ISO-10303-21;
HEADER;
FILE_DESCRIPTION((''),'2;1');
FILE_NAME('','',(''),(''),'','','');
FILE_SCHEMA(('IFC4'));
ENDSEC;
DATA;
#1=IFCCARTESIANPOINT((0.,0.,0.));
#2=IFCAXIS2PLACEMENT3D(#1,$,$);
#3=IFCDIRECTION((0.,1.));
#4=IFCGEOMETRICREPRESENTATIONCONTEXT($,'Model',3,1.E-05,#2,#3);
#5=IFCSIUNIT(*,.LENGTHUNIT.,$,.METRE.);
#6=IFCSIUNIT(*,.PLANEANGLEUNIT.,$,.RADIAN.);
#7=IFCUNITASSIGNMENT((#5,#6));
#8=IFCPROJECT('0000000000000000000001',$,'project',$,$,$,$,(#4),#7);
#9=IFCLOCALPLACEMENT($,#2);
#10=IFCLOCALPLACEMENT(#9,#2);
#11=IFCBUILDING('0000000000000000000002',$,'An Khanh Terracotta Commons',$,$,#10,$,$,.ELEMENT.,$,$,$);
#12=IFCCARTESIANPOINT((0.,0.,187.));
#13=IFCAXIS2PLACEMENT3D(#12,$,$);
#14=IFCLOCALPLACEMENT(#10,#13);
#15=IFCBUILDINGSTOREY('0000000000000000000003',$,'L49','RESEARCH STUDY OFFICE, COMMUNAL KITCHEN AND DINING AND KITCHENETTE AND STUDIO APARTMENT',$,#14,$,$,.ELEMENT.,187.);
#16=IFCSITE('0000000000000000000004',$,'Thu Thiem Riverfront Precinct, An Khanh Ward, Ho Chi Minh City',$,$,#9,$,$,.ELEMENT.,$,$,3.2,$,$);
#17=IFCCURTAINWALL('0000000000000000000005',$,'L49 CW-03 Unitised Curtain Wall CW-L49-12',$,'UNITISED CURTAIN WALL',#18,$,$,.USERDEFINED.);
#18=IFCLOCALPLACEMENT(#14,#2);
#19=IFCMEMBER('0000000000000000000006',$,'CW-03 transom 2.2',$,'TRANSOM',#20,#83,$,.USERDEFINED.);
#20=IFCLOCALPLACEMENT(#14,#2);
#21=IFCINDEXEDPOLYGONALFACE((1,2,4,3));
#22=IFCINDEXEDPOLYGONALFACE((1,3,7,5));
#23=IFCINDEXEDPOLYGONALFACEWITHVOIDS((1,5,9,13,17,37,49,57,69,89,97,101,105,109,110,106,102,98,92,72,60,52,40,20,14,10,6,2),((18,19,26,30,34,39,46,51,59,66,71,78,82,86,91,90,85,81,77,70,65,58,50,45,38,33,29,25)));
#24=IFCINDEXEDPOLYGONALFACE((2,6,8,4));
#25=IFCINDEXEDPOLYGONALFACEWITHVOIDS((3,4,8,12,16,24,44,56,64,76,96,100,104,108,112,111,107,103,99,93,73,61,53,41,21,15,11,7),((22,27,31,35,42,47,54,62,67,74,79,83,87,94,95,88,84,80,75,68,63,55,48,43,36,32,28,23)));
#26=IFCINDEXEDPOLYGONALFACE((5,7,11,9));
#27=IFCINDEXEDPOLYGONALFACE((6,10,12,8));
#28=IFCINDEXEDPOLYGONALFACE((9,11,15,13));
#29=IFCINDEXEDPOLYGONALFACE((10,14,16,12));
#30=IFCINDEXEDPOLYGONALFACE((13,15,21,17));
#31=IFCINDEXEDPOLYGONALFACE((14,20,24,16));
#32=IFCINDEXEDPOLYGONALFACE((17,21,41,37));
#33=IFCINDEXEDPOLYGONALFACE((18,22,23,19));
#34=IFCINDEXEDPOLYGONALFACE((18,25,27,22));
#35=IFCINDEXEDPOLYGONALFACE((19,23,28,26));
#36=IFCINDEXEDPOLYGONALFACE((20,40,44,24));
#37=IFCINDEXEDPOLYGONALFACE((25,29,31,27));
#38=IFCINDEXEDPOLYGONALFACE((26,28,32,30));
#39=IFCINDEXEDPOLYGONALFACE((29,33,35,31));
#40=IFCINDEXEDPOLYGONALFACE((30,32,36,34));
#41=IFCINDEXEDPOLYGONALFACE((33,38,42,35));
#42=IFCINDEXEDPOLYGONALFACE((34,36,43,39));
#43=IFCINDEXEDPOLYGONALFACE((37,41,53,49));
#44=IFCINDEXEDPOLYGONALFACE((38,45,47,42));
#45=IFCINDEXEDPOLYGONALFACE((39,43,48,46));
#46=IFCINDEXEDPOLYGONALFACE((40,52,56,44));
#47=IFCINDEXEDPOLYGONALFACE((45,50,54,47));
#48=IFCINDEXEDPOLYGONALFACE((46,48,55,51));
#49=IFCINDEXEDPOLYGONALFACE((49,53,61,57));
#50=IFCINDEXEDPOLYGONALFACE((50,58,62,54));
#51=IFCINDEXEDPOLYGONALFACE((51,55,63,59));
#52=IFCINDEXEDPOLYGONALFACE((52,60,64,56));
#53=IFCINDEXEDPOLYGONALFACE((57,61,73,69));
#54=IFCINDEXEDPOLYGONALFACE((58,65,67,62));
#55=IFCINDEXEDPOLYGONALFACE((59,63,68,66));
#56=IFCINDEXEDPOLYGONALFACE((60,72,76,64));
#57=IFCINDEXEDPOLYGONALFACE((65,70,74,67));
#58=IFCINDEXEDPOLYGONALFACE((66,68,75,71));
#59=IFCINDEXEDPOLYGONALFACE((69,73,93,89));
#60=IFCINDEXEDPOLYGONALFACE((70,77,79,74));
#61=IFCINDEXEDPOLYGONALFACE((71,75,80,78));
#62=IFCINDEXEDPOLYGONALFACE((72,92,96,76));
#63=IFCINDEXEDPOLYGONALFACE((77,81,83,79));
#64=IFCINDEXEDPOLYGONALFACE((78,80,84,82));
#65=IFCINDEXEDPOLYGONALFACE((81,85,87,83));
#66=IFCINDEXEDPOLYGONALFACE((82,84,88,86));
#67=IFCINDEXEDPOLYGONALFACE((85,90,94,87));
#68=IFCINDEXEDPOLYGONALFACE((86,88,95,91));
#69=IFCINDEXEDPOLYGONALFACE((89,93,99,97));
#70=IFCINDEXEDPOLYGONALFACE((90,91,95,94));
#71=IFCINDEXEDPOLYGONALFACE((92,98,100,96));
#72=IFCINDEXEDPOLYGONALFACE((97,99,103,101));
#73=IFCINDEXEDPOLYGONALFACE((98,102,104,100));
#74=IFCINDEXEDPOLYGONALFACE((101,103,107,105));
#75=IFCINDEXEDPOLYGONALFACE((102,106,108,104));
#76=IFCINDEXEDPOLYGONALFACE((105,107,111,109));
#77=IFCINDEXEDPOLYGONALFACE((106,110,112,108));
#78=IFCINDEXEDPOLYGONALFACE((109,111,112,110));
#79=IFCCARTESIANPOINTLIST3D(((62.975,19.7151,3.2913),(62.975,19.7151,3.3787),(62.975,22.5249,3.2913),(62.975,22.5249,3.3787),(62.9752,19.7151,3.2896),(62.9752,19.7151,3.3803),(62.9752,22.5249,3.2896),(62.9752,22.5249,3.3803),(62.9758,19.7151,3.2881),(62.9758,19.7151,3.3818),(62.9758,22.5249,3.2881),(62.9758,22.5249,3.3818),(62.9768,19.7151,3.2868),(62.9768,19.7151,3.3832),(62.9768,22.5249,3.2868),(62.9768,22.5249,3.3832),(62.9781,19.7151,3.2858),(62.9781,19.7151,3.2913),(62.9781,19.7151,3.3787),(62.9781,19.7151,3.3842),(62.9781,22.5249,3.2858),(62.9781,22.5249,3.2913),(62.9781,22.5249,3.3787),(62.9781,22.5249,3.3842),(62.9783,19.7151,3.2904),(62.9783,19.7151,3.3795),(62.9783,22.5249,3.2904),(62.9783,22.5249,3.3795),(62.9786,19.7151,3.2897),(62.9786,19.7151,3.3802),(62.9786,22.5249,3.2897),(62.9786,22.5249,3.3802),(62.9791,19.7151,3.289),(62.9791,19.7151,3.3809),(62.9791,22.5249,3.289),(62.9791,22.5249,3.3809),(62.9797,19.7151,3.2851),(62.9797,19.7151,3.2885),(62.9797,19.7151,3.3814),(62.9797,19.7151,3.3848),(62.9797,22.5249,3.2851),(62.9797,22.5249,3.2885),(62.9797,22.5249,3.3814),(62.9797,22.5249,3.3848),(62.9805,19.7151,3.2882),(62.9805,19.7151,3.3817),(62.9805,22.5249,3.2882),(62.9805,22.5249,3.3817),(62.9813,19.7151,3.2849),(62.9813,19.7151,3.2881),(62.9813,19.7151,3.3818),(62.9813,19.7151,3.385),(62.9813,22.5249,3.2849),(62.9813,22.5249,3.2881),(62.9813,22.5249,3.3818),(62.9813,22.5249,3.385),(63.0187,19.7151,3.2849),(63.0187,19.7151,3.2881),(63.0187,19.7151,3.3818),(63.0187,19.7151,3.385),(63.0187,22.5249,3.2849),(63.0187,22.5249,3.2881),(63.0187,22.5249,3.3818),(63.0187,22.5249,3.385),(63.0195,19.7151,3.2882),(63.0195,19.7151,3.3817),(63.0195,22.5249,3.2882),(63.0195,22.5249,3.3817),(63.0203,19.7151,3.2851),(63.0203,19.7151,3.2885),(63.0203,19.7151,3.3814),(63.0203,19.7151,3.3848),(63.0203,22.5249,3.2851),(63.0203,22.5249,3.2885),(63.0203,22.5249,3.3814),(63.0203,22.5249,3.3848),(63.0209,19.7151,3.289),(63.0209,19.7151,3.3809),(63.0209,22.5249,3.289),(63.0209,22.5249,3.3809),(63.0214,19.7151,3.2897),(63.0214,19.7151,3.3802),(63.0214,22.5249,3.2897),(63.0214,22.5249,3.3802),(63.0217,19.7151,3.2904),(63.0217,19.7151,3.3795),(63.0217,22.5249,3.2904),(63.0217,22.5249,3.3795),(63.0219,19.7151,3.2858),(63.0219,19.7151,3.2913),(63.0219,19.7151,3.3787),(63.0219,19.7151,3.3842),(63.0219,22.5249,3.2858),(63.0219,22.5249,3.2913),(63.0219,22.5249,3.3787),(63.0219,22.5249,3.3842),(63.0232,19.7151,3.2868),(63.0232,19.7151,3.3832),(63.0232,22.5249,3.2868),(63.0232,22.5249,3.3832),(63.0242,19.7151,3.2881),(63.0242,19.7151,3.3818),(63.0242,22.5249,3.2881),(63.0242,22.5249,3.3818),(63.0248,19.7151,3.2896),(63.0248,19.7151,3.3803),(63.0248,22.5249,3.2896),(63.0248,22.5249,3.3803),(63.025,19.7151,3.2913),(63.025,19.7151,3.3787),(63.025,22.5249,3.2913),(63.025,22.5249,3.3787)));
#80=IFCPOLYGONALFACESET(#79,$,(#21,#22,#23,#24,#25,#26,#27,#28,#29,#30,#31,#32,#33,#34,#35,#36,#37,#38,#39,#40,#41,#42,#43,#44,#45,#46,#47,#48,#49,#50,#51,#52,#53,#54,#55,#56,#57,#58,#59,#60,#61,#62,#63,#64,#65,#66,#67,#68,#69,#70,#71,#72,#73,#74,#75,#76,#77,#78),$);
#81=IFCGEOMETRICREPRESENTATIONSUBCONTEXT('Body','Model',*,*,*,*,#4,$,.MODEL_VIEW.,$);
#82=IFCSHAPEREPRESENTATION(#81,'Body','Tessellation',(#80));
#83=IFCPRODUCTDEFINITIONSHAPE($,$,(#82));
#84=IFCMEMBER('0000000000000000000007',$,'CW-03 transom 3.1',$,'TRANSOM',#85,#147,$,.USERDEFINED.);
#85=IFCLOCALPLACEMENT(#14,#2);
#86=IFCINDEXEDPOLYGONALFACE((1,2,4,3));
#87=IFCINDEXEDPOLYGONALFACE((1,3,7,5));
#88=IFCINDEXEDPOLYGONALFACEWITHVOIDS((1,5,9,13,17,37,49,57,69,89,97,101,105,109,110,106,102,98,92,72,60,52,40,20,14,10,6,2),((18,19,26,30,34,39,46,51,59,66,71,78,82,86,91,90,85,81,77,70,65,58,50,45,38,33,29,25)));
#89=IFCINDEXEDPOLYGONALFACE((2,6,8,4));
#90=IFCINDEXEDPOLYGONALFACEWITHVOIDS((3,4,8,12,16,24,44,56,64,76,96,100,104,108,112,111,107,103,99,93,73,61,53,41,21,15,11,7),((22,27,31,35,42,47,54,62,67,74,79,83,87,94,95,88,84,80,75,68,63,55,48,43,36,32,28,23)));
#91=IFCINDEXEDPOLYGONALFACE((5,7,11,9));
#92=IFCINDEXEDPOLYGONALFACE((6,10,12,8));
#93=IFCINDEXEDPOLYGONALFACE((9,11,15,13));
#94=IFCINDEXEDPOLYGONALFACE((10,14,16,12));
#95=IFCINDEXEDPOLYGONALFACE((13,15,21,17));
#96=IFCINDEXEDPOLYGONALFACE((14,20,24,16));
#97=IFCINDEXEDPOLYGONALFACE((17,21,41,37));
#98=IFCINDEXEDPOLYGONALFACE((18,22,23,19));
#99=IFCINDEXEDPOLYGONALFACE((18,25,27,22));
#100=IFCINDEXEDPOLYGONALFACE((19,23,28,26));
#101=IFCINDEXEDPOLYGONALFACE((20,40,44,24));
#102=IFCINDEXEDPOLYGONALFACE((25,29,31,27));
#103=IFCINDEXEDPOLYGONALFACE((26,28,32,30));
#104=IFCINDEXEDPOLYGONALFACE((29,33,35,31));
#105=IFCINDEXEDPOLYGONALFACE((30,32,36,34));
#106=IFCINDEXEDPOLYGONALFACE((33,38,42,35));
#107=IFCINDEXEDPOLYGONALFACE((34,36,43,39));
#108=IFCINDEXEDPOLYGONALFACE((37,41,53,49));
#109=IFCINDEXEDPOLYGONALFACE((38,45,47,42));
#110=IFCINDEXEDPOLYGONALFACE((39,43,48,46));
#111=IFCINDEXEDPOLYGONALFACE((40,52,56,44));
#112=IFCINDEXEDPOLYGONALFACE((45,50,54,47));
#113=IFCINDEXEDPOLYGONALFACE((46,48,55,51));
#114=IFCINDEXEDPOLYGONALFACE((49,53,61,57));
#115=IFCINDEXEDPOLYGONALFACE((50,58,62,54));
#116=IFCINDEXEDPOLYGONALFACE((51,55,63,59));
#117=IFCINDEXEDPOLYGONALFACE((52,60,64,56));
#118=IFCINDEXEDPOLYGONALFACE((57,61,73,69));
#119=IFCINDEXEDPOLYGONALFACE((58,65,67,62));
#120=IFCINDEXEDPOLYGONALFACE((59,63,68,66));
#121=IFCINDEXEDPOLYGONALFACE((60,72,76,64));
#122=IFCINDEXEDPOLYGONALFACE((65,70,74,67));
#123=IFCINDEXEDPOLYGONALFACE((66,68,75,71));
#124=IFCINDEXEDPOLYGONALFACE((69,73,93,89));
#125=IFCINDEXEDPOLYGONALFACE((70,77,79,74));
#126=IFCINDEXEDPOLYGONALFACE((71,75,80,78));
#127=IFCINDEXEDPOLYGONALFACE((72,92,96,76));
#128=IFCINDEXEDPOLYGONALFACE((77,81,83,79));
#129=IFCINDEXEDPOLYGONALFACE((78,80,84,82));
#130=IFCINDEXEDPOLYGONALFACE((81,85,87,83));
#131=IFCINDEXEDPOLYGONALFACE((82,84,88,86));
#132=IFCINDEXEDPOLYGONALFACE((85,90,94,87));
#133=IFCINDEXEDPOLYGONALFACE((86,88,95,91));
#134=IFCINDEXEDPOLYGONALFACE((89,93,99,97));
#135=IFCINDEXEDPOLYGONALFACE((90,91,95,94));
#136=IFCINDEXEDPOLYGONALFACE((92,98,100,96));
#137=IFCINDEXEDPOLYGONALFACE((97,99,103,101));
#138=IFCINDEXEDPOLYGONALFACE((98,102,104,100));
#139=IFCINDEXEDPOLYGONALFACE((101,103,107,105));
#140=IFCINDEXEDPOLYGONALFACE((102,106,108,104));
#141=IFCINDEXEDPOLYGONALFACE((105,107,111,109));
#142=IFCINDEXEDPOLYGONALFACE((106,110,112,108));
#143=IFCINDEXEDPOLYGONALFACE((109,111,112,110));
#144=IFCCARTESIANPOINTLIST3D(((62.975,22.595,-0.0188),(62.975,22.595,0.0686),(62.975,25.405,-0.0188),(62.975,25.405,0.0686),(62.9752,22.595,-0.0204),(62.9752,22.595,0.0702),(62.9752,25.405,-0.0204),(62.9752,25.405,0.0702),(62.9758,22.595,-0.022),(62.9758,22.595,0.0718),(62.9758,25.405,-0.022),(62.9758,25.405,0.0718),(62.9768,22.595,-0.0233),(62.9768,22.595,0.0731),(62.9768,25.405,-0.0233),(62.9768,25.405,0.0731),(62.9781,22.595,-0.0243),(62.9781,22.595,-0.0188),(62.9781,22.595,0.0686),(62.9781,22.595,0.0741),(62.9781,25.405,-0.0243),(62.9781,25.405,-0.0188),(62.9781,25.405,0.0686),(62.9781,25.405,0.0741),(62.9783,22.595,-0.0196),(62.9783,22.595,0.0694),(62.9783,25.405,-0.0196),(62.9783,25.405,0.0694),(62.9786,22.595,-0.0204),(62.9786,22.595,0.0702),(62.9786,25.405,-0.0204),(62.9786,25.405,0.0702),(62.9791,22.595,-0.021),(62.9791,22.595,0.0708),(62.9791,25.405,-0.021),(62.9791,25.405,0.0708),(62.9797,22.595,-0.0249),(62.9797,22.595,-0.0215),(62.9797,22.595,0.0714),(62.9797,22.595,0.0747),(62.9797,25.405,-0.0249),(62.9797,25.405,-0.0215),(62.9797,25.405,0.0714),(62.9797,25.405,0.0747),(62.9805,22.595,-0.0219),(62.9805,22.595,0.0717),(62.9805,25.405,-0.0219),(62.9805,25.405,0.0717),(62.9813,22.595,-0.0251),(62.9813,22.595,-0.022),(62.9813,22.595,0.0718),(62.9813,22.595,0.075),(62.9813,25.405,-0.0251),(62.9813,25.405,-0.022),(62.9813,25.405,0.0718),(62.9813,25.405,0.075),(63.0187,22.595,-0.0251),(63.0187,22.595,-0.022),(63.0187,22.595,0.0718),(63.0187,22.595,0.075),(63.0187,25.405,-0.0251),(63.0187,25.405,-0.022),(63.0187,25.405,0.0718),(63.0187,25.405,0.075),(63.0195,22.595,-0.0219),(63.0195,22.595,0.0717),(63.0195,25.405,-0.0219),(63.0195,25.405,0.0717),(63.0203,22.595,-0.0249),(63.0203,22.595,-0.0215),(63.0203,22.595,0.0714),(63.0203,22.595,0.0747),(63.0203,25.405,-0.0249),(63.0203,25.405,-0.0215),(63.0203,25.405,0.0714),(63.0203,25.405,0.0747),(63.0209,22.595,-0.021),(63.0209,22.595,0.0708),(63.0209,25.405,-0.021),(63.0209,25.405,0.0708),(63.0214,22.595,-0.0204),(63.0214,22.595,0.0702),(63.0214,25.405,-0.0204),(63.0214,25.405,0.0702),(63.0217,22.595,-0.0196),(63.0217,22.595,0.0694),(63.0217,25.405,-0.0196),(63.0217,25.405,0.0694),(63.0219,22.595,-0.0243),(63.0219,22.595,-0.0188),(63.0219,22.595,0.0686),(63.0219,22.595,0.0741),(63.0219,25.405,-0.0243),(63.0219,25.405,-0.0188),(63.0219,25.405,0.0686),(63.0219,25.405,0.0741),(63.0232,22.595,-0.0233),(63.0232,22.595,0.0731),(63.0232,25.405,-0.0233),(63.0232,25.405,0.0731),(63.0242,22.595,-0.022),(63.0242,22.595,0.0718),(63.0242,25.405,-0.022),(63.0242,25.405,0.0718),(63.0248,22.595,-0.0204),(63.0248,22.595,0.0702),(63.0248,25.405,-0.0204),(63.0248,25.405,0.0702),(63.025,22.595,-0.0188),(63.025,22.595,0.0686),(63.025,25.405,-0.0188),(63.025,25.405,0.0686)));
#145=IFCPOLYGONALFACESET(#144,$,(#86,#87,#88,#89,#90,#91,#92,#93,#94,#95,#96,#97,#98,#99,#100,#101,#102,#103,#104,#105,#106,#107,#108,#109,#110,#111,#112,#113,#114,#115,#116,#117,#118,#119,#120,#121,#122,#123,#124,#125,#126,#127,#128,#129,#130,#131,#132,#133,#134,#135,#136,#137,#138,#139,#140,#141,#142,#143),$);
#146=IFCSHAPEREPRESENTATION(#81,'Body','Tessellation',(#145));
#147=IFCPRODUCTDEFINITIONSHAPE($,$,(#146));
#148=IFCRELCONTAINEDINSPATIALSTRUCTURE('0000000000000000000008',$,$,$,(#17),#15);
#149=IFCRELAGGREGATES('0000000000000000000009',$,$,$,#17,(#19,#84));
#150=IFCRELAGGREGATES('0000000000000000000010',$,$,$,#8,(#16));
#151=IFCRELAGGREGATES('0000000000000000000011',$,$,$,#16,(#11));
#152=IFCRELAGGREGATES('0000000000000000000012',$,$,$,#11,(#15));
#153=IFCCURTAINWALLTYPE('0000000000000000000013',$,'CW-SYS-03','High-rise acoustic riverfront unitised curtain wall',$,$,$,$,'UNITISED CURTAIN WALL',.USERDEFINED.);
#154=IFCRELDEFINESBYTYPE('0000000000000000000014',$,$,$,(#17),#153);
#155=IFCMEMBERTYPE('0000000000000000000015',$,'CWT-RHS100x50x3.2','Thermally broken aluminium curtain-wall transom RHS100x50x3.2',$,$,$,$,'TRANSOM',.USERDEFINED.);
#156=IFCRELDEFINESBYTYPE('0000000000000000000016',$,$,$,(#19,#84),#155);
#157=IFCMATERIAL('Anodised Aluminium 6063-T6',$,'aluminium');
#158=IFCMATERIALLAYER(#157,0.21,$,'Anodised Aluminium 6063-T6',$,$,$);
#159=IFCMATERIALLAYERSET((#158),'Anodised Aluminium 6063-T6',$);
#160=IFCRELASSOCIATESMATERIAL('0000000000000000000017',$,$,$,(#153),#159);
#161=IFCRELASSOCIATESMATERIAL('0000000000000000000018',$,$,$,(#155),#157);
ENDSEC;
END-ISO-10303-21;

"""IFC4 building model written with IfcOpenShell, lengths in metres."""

from ifc_helpers import new_model, si_unit, direction, frame, origin, origin_2d, place, context, subcontext, project, spatial, hollow_rectangle, extrude, material, layer, layer_set, material_profile, profile_set, type_object, element, aggregate, save


model = new_model("IFC4")

# Units and contexts
model_context = context("Model", 3, precision=1e-05, world=origin(), true_north=direction((0.0, 1.0)))
body_context = subcontext(model_context, "Body", "Model", "MODEL_VIEW")
ifc_project = project(units=[si_unit("LENGTHUNIT", "METRE"), si_unit("PLANEANGLEUNIT", "RADIAN")], contexts=[model_context])

# Site, building, storey
site_placement = place(None, origin())
site = spatial("IfcSite", under=ifc_project, at=site_placement, Name="Thu Thiem Riverfront Precinct, An Khanh Ward, Ho Chi Minh City", CompositionType="ELEMENT", RefElevation=3.2)
building_placement = place(site_placement, origin())
building = spatial("IfcBuilding", under=site, at=building_placement, Name="An Khanh Terracotta Commons", CompositionType="ELEMENT")
storey_placement = place(building_placement, frame((0.0, 0.0, 187.0)))
storey = spatial("IfcBuildingStorey", under=building, at=storey_placement, Name="L49", Description="RESEARCH STUDY OFFICE, COMMUNAL KITCHEN AND DINING AND KITCHENETTE AND STUDIO APARTMENT", CompositionType="ELEMENT", Elevation=187.0)

# Curtain wall
ifc_material_1 = material(Name="Anodised Aluminium 6063-T6", Category="aluminium")
ifc_layer_1 = layer(ifc_material_1, 0.21, Name="Anodised Aluminium 6063-T6")
ifc_layer_set_1 = layer_set([ifc_layer_1], Name="Anodised Aluminium 6063-T6")
curtain_wall_type = type_object("IfcCurtainWallType", Name="CW-SYS-03", Description="High-rise acoustic riverfront unitised curtain wall", ElementType="UNITISED CURTAIN WALL", PredefinedType="USERDEFINED", material=ifc_layer_set_1)
curtain_wall_1_placement = place(storey_placement, origin())
curtain_wall_1 = element("IfcCurtainWall", 1, at=curtain_wall_1_placement, inside=storey, type_object=curtain_wall_type, Name="L49 CW-03 Unitised Curtain Wall CW-L49-12", ObjectType="UNITISED CURTAIN WALL", PredefinedType="USERDEFINED")

# Members
ifc_material_profile_1 = material_profile(ifc_material_1, hollow_rectangle(XDim=0.05, YDim=0.1001, WallThickness=0.0032, InnerFilletRadius=0.0032, OuterFilletRadius=0.0063, at=origin_2d()), Name="RHS100x50x3.2")
ifc_profile_set_1 = profile_set([ifc_material_profile_1], Name="Anodised Aluminium 6063-T6")
member_type_1 = type_object("IfcMemberType", Name="CWT-RHS100x50x3.2", Description="Thermally broken aluminium curtain-wall transom RHS100x50x3.2", ElementType="TRANSOM", PredefinedType="USERDEFINED", material=ifc_profile_set_1)
member_1_placement = place(storey_placement, frame((63.0, 19.7151, 3.335), z_axis=(0.0, 1.0, 0.0), x_axis=(-1.0, 0.0, 0.0)))
member_1 = element("IfcMember", 2, at=member_1_placement, type_object=member_type_1, Name="CW-03 transom 2.2", ObjectType="TRANSOM", PredefinedType="USERDEFINED", context=body_context, shape_type="SweptSolid", body=[
    extrude(hollow_rectangle(XDim=0.05, YDim=0.1001, WallThickness=0.0032, InnerFilletRadius=0.0032, OuterFilletRadius=0.0063, at=origin_2d()), origin(), (0.0, 0.0, 1.0), 2.8098),
])
member_2_placement = place(storey_placement, frame((63.0, 22.595, 0.0249), z_axis=(0.0, 1.0, 0.0), x_axis=(-1.0, 0.0, 0.0)))
member_2 = element("IfcMember", 3, at=member_2_placement, type_object=member_type_1, Name="CW-03 transom 3.1", ObjectType="TRANSOM", PredefinedType="USERDEFINED", context=body_context, shape_type="SweptSolid", body=[
    extrude(hollow_rectangle(XDim=0.05, YDim=0.1001, WallThickness=0.0032, InnerFilletRadius=0.0032, OuterFilletRadius=0.0063, at=origin_2d()), origin(), (0.0, 0.0, 1.0), 2.8101),
])

aggregate(curtain_wall_1, [member_1, member_2])

save(model, "model.ifc")
